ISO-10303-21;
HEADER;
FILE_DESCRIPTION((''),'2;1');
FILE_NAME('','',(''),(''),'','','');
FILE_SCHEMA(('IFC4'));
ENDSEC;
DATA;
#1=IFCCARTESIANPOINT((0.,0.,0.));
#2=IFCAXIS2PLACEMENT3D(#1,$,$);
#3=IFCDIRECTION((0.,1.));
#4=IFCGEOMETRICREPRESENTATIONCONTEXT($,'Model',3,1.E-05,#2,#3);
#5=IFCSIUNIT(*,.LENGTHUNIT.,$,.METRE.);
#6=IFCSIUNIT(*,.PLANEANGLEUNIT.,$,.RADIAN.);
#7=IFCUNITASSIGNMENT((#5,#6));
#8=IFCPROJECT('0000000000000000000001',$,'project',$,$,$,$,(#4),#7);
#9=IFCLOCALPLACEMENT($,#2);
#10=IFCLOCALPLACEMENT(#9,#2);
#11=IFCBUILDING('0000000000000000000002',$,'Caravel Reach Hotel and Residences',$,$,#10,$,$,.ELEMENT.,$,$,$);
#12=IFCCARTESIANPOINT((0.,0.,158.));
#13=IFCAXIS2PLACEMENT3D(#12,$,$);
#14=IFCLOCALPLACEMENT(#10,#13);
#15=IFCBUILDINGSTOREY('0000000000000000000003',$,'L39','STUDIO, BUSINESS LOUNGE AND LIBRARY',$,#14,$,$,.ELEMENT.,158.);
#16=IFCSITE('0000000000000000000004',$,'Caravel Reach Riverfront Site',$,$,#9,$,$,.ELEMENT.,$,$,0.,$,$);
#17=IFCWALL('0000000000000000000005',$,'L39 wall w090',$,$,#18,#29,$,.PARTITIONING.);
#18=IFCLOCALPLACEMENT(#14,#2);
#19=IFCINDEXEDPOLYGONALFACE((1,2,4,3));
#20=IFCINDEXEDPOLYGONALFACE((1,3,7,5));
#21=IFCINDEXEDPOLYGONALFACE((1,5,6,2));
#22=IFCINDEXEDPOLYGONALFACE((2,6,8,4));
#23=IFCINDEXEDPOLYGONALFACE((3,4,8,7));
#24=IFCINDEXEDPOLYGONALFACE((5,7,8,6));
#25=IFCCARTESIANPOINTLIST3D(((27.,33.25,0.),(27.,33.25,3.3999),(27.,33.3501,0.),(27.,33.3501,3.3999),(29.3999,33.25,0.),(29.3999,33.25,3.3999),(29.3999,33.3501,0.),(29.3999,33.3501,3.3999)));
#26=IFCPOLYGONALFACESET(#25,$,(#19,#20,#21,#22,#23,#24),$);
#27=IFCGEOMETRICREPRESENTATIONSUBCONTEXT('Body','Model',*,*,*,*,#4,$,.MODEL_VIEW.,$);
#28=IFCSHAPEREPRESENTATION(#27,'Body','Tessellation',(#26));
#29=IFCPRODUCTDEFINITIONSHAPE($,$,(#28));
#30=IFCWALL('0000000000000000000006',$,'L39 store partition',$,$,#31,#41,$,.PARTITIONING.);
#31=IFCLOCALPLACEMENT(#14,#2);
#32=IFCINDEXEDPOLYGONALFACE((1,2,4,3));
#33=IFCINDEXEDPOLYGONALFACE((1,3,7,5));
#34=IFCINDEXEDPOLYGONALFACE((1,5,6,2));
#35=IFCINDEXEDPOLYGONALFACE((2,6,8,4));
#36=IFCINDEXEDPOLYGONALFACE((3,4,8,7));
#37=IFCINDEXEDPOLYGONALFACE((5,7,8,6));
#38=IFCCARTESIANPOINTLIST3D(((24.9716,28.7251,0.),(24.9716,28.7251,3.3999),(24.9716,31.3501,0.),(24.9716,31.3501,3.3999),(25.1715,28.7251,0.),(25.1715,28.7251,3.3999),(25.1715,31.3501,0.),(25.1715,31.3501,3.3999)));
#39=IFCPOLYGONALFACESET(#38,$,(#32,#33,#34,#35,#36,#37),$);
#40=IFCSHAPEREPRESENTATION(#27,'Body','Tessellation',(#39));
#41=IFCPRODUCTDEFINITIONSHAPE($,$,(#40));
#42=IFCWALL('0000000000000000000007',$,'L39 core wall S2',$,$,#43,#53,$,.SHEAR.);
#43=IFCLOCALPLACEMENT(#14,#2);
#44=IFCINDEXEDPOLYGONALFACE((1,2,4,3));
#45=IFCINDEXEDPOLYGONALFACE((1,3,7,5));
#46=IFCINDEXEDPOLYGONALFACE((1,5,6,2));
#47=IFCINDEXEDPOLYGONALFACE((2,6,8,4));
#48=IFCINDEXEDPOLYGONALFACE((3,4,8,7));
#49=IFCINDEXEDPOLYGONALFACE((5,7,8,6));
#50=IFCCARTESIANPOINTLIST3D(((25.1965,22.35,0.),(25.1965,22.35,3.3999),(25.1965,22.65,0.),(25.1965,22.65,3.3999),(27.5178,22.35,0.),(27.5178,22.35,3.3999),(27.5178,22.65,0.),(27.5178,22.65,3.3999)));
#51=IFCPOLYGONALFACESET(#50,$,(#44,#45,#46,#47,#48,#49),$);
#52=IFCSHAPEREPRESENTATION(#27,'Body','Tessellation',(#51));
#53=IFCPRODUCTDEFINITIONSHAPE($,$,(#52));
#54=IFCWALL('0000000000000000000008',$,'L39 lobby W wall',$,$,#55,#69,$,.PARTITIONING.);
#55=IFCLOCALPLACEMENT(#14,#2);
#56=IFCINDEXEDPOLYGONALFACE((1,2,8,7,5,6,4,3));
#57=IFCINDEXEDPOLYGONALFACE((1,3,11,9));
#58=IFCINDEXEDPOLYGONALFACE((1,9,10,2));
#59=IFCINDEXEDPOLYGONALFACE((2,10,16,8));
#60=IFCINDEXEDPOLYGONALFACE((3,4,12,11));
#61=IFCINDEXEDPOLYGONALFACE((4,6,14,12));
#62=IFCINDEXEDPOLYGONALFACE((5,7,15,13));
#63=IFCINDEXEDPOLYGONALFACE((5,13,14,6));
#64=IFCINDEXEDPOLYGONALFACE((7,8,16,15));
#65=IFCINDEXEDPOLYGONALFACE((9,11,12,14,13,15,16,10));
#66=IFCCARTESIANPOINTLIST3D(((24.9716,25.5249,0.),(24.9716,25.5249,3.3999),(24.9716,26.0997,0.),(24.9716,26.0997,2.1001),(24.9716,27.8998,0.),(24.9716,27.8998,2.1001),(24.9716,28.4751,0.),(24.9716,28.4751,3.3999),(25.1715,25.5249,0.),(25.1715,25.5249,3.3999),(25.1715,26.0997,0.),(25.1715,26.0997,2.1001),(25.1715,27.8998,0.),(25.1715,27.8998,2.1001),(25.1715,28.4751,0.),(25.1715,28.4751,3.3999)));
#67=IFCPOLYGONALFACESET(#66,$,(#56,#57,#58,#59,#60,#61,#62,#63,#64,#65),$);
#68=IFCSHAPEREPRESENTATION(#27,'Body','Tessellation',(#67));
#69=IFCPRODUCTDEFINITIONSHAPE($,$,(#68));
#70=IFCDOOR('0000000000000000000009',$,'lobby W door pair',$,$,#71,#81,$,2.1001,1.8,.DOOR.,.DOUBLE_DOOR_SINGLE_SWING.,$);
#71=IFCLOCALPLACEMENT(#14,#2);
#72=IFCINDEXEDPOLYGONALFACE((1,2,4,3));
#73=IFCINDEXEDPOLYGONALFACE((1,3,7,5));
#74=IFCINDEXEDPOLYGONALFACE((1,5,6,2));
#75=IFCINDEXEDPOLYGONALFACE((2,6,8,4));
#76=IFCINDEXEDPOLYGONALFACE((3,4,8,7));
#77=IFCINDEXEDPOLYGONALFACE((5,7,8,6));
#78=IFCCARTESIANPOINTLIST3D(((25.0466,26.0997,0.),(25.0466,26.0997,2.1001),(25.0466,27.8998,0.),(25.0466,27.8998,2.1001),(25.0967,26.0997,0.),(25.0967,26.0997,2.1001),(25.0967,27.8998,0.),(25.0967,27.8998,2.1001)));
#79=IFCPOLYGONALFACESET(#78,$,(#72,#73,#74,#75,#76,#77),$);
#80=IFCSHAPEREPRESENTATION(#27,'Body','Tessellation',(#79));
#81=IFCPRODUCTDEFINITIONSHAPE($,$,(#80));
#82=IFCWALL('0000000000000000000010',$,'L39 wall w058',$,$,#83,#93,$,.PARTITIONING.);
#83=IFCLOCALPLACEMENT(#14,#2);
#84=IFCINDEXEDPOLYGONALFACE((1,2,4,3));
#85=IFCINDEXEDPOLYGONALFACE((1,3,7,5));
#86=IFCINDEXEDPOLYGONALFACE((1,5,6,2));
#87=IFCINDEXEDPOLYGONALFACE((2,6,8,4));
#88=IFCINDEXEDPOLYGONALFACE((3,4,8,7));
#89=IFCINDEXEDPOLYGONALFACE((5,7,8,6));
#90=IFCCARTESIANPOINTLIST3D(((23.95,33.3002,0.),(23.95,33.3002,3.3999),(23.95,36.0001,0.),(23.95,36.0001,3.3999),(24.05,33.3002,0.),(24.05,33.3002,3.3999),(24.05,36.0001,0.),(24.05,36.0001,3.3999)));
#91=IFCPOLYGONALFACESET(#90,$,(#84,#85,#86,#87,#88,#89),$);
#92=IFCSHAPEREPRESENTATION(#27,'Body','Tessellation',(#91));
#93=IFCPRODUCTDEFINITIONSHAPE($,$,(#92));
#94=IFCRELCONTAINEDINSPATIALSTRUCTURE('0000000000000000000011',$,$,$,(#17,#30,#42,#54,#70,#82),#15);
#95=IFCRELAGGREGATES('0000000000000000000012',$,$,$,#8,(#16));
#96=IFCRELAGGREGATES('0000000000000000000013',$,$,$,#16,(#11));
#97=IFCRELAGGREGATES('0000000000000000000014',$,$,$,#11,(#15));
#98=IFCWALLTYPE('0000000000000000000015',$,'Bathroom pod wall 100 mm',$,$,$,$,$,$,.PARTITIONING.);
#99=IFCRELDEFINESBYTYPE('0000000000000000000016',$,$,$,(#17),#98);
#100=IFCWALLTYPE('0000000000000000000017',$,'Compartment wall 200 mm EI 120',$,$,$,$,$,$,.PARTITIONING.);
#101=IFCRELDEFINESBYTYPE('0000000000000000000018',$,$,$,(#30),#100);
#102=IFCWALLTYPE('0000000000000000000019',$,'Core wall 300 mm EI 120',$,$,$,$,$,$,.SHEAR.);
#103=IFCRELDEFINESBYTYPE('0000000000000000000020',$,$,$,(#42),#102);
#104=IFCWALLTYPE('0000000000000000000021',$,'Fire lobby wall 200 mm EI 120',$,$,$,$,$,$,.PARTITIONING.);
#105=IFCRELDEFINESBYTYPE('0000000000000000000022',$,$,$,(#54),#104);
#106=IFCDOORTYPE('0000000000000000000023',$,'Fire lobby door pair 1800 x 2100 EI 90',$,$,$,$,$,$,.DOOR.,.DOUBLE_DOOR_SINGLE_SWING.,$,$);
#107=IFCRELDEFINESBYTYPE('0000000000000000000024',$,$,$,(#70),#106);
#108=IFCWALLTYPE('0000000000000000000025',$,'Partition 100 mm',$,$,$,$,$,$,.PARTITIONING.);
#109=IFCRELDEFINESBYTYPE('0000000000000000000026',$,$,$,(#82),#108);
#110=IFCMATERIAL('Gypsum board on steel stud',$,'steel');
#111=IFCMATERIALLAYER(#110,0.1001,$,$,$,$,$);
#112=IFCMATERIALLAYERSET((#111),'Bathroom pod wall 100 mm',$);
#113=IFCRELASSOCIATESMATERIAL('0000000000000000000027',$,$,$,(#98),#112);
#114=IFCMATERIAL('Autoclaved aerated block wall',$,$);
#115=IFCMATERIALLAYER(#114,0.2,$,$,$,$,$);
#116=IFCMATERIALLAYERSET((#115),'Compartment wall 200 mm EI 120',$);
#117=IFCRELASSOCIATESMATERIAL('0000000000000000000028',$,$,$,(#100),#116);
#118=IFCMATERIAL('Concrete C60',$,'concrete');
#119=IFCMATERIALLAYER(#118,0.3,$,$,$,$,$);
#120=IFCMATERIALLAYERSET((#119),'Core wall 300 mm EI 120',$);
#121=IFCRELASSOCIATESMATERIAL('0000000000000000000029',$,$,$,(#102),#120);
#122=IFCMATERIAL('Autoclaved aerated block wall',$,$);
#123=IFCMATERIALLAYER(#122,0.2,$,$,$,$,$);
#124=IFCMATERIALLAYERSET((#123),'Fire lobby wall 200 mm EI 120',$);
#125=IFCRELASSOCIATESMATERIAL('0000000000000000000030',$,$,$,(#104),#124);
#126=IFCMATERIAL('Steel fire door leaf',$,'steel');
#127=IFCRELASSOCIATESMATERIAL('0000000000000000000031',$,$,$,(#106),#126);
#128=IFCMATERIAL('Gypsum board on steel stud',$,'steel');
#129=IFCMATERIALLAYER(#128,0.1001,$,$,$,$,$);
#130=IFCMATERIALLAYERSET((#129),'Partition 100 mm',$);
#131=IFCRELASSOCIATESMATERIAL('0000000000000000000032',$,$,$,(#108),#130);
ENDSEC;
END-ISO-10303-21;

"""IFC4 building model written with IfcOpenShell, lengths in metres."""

from ifc_helpers import new_model, si_unit, direction, frame, frame_2d, origin, place, context, subcontext, project, spatial, rectangle, extrude, material, layer, layer_set, type_object, element, fill, save


model = new_model("IFC4")

# Units and contexts
model_context = context("Model", 3, precision=1e-05, world=origin(), true_north=direction((0.0, 1.0)))
body_context = subcontext(model_context, "Body", "Model", "MODEL_VIEW")
ifc_project = project(units=[si_unit("LENGTHUNIT", "METRE"), si_unit("PLANEANGLEUNIT", "RADIAN")], contexts=[model_context])

# Site, building, storey
site_placement = place(None, origin())
site = spatial("IfcSite", under=ifc_project, at=site_placement, Name="Caravel Reach Riverfront Site", CompositionType="ELEMENT", RefElevation=0.0)
building_placement = place(site_placement, origin())
building = spatial("IfcBuilding", under=site, at=building_placement, Name="Caravel Reach Hotel and Residences", CompositionType="ELEMENT")
storey_placement = place(building_placement, frame((0.0, 0.0, 158.0)))
storey = spatial("IfcBuildingStorey", under=building, at=storey_placement, Name="L39", Description="STUDIO, BUSINESS LOUNGE AND LIBRARY", CompositionType="ELEMENT", Elevation=158.0)

# Walls
ifc_material_1 = material(Name="Gypsum board on steel stud", Category="steel")
ifc_layer_1 = layer(ifc_material_1, 0.1001)
ifc_layer_set_1 = layer_set([ifc_layer_1], Name="Bathroom pod wall 100 mm")
wall_type_1 = type_object("IfcWallType", Name="Bathroom pod wall 100 mm", PredefinedType="PARTITIONING", material=ifc_layer_set_1)
wall_1_placement = place(storey_placement, frame((27.0, 33.3, 0.0), z_axis=(0.0, 0.0, 1.0), x_axis=(1.0, 0.0, 0.0)))
element("IfcWall", 1, at=wall_1_placement, inside=storey, type_object=wall_type_1, Name="L39 wall w090", PredefinedType="PARTITIONING", context=body_context, shape_type="SweptSolid", body=[
    extrude(rectangle(XDim=2.3999, YDim=0.1001, at=frame_2d((1.2, 0.0))), origin(), (0.0, 0.0, 1.0), 3.3999),
])
ifc_material_2 = material(Name="Autoclaved aerated block wall")
ifc_layer_2 = layer(ifc_material_2, 0.2)
ifc_layer_set_2 = layer_set([ifc_layer_2], Name="Compartment wall 200 mm EI 120")
wall_type_2 = type_object("IfcWallType", Name="Compartment wall 200 mm EI 120", PredefinedType="PARTITIONING", material=ifc_layer_set_2)
wall_2_placement = place(storey_placement, frame((25.0715, 28.7251, 0.0), z_axis=(0.0, 0.0, 1.0), x_axis=(0.0, 1.0, 0.0)))
element("IfcWall", 2, at=wall_2_placement, inside=storey, type_object=wall_type_2, Name="L39 store partition", PredefinedType="PARTITIONING", context=body_context, shape_type="SweptSolid", body=[
    extrude(rectangle(XDim=2.625, YDim=0.2, at=frame_2d((1.3125, 0.0))), origin(), (0.0, 0.0, 1.0), 3.3999),
])
ifc_material_3 = material(Name="Concrete C60", Category="concrete")
ifc_layer_3 = layer(ifc_material_3, 0.3)
ifc_layer_set_3 = layer_set([ifc_layer_3], Name="Core wall 300 mm EI 120")
wall_type_3 = type_object("IfcWallType", Name="Core wall 300 mm EI 120", PredefinedType="SHEAR", material=ifc_layer_set_3)
wall_3_placement = place(storey_placement, frame((25.1965, 22.5, 0.0), z_axis=(0.0, 0.0, 1.0), x_axis=(1.0, 0.0, 0.0)))
element("IfcWall", 3, at=wall_3_placement, inside=storey, type_object=wall_type_3, Name="L39 core wall S2", PredefinedType="SHEAR", context=body_context, shape_type="SweptSolid", body=[
    extrude(rectangle(XDim=2.3213, YDim=0.3, at=frame_2d((1.1606, 0.0))), origin(), (0.0, 0.0, 1.0), 3.3999),
])

# Wall, opening, door
ifc_material_4 = material(Name="Autoclaved aerated block wall")
ifc_layer_4 = layer(ifc_material_4, 0.2)
ifc_layer_set_4 = layer_set([ifc_layer_4], Name="Fire lobby wall 200 mm EI 120")
wall_type_4 = type_object("IfcWallType", Name="Fire lobby wall 200 mm EI 120", PredefinedType="PARTITIONING", material=ifc_layer_set_4)
wall_4_placement = place(storey_placement, frame((25.0715, 25.5249, 0.0), z_axis=(0.0, 0.0, 1.0), x_axis=(0.0, 1.0, 0.0)))
wall_4 = element("IfcWall", 4, at=wall_4_placement, inside=storey, type_object=wall_type_4, Name="L39 lobby W wall", PredefinedType="PARTITIONING", context=body_context, shape_type="SweptSolid", body=[
    extrude(rectangle(XDim=2.9502, YDim=0.2, at=frame_2d((1.4751, 0.0))), origin(), (0.0, 0.0, 1.0), 3.3999),
])
opening_1_placement = place(wall_4_placement, frame((0.575, 0.0, 0.0)))
opening_1 = element("IfcOpeningElement", 5, at=opening_1_placement, cuts=wall_4, PredefinedType="OPENING", context=body_context, shape_type="SweptSolid", body=[
    extrude(rectangle(XDim=1.8, YDim=2.1001, at=frame_2d((0.8999, 1.05))), frame((0.0, 0.1099, 0.0), z_axis=(0.0, -1.0, 0.0), x_axis=(1.0, 0.0, 0.0)), (0.0, 0.0, 1.0), 0.22),
])
ifc_material_5 = material(Name="Steel fire door leaf", Category="steel")
door_type_1 = type_object("IfcDoorType", Name="Fire lobby door pair 1800 x 2100 EI 90", OperationType="DOUBLE_DOOR_SINGLE_SWING", PredefinedType="DOOR", material=ifc_material_5)
door_1_placement = place(opening_1_placement, origin())
door_1 = element("IfcDoor", 6, at=door_1_placement, inside=storey, type_object=door_type_1, Name="lobby W door pair", OperationType="DOUBLE_DOOR_SINGLE_SWING", OverallHeight=2.1001, OverallWidth=1.8, PredefinedType="DOOR", context=body_context, shape_type="SweptSolid", body=[
    extrude(rectangle(XDim=1.8, YDim=2.1001, at=frame_2d((0.8999, 1.05))), frame((0.0, 0.0249, 0.0), z_axis=(0.0, -1.0, 0.0), x_axis=(1.0, 0.0, 0.0)), (0.0, 0.0, 1.0), 0.05),
])
fill(opening_1, door_1)

# Wall
ifc_material_6 = material(Name="Gypsum board on steel stud", Category="steel")
ifc_layer_5 = layer(ifc_material_6, 0.1001)
ifc_layer_set_5 = layer_set([ifc_layer_5], Name="Partition 100 mm")
wall_type_5 = type_object("IfcWallType", Name="Partition 100 mm", PredefinedType="PARTITIONING", material=ifc_layer_set_5)
wall_5_placement = place(storey_placement, frame((24.0, 33.3, 0.0), z_axis=(0.0, 0.0, 1.0), x_axis=(0.0, 1.0, 0.0)))
element("IfcWall", 7, at=wall_5_placement, inside=storey, type_object=wall_type_5, Name="L39 wall w058", PredefinedType="PARTITIONING", context=body_context, shape_type="SweptSolid", body=[
    extrude(rectangle(XDim=2.7, YDim=0.1001, at=frame_2d((1.3501, 0.0))), origin(), (0.0, 0.0, 1.0), 3.3999),
])

save(model, "model.ifc")
